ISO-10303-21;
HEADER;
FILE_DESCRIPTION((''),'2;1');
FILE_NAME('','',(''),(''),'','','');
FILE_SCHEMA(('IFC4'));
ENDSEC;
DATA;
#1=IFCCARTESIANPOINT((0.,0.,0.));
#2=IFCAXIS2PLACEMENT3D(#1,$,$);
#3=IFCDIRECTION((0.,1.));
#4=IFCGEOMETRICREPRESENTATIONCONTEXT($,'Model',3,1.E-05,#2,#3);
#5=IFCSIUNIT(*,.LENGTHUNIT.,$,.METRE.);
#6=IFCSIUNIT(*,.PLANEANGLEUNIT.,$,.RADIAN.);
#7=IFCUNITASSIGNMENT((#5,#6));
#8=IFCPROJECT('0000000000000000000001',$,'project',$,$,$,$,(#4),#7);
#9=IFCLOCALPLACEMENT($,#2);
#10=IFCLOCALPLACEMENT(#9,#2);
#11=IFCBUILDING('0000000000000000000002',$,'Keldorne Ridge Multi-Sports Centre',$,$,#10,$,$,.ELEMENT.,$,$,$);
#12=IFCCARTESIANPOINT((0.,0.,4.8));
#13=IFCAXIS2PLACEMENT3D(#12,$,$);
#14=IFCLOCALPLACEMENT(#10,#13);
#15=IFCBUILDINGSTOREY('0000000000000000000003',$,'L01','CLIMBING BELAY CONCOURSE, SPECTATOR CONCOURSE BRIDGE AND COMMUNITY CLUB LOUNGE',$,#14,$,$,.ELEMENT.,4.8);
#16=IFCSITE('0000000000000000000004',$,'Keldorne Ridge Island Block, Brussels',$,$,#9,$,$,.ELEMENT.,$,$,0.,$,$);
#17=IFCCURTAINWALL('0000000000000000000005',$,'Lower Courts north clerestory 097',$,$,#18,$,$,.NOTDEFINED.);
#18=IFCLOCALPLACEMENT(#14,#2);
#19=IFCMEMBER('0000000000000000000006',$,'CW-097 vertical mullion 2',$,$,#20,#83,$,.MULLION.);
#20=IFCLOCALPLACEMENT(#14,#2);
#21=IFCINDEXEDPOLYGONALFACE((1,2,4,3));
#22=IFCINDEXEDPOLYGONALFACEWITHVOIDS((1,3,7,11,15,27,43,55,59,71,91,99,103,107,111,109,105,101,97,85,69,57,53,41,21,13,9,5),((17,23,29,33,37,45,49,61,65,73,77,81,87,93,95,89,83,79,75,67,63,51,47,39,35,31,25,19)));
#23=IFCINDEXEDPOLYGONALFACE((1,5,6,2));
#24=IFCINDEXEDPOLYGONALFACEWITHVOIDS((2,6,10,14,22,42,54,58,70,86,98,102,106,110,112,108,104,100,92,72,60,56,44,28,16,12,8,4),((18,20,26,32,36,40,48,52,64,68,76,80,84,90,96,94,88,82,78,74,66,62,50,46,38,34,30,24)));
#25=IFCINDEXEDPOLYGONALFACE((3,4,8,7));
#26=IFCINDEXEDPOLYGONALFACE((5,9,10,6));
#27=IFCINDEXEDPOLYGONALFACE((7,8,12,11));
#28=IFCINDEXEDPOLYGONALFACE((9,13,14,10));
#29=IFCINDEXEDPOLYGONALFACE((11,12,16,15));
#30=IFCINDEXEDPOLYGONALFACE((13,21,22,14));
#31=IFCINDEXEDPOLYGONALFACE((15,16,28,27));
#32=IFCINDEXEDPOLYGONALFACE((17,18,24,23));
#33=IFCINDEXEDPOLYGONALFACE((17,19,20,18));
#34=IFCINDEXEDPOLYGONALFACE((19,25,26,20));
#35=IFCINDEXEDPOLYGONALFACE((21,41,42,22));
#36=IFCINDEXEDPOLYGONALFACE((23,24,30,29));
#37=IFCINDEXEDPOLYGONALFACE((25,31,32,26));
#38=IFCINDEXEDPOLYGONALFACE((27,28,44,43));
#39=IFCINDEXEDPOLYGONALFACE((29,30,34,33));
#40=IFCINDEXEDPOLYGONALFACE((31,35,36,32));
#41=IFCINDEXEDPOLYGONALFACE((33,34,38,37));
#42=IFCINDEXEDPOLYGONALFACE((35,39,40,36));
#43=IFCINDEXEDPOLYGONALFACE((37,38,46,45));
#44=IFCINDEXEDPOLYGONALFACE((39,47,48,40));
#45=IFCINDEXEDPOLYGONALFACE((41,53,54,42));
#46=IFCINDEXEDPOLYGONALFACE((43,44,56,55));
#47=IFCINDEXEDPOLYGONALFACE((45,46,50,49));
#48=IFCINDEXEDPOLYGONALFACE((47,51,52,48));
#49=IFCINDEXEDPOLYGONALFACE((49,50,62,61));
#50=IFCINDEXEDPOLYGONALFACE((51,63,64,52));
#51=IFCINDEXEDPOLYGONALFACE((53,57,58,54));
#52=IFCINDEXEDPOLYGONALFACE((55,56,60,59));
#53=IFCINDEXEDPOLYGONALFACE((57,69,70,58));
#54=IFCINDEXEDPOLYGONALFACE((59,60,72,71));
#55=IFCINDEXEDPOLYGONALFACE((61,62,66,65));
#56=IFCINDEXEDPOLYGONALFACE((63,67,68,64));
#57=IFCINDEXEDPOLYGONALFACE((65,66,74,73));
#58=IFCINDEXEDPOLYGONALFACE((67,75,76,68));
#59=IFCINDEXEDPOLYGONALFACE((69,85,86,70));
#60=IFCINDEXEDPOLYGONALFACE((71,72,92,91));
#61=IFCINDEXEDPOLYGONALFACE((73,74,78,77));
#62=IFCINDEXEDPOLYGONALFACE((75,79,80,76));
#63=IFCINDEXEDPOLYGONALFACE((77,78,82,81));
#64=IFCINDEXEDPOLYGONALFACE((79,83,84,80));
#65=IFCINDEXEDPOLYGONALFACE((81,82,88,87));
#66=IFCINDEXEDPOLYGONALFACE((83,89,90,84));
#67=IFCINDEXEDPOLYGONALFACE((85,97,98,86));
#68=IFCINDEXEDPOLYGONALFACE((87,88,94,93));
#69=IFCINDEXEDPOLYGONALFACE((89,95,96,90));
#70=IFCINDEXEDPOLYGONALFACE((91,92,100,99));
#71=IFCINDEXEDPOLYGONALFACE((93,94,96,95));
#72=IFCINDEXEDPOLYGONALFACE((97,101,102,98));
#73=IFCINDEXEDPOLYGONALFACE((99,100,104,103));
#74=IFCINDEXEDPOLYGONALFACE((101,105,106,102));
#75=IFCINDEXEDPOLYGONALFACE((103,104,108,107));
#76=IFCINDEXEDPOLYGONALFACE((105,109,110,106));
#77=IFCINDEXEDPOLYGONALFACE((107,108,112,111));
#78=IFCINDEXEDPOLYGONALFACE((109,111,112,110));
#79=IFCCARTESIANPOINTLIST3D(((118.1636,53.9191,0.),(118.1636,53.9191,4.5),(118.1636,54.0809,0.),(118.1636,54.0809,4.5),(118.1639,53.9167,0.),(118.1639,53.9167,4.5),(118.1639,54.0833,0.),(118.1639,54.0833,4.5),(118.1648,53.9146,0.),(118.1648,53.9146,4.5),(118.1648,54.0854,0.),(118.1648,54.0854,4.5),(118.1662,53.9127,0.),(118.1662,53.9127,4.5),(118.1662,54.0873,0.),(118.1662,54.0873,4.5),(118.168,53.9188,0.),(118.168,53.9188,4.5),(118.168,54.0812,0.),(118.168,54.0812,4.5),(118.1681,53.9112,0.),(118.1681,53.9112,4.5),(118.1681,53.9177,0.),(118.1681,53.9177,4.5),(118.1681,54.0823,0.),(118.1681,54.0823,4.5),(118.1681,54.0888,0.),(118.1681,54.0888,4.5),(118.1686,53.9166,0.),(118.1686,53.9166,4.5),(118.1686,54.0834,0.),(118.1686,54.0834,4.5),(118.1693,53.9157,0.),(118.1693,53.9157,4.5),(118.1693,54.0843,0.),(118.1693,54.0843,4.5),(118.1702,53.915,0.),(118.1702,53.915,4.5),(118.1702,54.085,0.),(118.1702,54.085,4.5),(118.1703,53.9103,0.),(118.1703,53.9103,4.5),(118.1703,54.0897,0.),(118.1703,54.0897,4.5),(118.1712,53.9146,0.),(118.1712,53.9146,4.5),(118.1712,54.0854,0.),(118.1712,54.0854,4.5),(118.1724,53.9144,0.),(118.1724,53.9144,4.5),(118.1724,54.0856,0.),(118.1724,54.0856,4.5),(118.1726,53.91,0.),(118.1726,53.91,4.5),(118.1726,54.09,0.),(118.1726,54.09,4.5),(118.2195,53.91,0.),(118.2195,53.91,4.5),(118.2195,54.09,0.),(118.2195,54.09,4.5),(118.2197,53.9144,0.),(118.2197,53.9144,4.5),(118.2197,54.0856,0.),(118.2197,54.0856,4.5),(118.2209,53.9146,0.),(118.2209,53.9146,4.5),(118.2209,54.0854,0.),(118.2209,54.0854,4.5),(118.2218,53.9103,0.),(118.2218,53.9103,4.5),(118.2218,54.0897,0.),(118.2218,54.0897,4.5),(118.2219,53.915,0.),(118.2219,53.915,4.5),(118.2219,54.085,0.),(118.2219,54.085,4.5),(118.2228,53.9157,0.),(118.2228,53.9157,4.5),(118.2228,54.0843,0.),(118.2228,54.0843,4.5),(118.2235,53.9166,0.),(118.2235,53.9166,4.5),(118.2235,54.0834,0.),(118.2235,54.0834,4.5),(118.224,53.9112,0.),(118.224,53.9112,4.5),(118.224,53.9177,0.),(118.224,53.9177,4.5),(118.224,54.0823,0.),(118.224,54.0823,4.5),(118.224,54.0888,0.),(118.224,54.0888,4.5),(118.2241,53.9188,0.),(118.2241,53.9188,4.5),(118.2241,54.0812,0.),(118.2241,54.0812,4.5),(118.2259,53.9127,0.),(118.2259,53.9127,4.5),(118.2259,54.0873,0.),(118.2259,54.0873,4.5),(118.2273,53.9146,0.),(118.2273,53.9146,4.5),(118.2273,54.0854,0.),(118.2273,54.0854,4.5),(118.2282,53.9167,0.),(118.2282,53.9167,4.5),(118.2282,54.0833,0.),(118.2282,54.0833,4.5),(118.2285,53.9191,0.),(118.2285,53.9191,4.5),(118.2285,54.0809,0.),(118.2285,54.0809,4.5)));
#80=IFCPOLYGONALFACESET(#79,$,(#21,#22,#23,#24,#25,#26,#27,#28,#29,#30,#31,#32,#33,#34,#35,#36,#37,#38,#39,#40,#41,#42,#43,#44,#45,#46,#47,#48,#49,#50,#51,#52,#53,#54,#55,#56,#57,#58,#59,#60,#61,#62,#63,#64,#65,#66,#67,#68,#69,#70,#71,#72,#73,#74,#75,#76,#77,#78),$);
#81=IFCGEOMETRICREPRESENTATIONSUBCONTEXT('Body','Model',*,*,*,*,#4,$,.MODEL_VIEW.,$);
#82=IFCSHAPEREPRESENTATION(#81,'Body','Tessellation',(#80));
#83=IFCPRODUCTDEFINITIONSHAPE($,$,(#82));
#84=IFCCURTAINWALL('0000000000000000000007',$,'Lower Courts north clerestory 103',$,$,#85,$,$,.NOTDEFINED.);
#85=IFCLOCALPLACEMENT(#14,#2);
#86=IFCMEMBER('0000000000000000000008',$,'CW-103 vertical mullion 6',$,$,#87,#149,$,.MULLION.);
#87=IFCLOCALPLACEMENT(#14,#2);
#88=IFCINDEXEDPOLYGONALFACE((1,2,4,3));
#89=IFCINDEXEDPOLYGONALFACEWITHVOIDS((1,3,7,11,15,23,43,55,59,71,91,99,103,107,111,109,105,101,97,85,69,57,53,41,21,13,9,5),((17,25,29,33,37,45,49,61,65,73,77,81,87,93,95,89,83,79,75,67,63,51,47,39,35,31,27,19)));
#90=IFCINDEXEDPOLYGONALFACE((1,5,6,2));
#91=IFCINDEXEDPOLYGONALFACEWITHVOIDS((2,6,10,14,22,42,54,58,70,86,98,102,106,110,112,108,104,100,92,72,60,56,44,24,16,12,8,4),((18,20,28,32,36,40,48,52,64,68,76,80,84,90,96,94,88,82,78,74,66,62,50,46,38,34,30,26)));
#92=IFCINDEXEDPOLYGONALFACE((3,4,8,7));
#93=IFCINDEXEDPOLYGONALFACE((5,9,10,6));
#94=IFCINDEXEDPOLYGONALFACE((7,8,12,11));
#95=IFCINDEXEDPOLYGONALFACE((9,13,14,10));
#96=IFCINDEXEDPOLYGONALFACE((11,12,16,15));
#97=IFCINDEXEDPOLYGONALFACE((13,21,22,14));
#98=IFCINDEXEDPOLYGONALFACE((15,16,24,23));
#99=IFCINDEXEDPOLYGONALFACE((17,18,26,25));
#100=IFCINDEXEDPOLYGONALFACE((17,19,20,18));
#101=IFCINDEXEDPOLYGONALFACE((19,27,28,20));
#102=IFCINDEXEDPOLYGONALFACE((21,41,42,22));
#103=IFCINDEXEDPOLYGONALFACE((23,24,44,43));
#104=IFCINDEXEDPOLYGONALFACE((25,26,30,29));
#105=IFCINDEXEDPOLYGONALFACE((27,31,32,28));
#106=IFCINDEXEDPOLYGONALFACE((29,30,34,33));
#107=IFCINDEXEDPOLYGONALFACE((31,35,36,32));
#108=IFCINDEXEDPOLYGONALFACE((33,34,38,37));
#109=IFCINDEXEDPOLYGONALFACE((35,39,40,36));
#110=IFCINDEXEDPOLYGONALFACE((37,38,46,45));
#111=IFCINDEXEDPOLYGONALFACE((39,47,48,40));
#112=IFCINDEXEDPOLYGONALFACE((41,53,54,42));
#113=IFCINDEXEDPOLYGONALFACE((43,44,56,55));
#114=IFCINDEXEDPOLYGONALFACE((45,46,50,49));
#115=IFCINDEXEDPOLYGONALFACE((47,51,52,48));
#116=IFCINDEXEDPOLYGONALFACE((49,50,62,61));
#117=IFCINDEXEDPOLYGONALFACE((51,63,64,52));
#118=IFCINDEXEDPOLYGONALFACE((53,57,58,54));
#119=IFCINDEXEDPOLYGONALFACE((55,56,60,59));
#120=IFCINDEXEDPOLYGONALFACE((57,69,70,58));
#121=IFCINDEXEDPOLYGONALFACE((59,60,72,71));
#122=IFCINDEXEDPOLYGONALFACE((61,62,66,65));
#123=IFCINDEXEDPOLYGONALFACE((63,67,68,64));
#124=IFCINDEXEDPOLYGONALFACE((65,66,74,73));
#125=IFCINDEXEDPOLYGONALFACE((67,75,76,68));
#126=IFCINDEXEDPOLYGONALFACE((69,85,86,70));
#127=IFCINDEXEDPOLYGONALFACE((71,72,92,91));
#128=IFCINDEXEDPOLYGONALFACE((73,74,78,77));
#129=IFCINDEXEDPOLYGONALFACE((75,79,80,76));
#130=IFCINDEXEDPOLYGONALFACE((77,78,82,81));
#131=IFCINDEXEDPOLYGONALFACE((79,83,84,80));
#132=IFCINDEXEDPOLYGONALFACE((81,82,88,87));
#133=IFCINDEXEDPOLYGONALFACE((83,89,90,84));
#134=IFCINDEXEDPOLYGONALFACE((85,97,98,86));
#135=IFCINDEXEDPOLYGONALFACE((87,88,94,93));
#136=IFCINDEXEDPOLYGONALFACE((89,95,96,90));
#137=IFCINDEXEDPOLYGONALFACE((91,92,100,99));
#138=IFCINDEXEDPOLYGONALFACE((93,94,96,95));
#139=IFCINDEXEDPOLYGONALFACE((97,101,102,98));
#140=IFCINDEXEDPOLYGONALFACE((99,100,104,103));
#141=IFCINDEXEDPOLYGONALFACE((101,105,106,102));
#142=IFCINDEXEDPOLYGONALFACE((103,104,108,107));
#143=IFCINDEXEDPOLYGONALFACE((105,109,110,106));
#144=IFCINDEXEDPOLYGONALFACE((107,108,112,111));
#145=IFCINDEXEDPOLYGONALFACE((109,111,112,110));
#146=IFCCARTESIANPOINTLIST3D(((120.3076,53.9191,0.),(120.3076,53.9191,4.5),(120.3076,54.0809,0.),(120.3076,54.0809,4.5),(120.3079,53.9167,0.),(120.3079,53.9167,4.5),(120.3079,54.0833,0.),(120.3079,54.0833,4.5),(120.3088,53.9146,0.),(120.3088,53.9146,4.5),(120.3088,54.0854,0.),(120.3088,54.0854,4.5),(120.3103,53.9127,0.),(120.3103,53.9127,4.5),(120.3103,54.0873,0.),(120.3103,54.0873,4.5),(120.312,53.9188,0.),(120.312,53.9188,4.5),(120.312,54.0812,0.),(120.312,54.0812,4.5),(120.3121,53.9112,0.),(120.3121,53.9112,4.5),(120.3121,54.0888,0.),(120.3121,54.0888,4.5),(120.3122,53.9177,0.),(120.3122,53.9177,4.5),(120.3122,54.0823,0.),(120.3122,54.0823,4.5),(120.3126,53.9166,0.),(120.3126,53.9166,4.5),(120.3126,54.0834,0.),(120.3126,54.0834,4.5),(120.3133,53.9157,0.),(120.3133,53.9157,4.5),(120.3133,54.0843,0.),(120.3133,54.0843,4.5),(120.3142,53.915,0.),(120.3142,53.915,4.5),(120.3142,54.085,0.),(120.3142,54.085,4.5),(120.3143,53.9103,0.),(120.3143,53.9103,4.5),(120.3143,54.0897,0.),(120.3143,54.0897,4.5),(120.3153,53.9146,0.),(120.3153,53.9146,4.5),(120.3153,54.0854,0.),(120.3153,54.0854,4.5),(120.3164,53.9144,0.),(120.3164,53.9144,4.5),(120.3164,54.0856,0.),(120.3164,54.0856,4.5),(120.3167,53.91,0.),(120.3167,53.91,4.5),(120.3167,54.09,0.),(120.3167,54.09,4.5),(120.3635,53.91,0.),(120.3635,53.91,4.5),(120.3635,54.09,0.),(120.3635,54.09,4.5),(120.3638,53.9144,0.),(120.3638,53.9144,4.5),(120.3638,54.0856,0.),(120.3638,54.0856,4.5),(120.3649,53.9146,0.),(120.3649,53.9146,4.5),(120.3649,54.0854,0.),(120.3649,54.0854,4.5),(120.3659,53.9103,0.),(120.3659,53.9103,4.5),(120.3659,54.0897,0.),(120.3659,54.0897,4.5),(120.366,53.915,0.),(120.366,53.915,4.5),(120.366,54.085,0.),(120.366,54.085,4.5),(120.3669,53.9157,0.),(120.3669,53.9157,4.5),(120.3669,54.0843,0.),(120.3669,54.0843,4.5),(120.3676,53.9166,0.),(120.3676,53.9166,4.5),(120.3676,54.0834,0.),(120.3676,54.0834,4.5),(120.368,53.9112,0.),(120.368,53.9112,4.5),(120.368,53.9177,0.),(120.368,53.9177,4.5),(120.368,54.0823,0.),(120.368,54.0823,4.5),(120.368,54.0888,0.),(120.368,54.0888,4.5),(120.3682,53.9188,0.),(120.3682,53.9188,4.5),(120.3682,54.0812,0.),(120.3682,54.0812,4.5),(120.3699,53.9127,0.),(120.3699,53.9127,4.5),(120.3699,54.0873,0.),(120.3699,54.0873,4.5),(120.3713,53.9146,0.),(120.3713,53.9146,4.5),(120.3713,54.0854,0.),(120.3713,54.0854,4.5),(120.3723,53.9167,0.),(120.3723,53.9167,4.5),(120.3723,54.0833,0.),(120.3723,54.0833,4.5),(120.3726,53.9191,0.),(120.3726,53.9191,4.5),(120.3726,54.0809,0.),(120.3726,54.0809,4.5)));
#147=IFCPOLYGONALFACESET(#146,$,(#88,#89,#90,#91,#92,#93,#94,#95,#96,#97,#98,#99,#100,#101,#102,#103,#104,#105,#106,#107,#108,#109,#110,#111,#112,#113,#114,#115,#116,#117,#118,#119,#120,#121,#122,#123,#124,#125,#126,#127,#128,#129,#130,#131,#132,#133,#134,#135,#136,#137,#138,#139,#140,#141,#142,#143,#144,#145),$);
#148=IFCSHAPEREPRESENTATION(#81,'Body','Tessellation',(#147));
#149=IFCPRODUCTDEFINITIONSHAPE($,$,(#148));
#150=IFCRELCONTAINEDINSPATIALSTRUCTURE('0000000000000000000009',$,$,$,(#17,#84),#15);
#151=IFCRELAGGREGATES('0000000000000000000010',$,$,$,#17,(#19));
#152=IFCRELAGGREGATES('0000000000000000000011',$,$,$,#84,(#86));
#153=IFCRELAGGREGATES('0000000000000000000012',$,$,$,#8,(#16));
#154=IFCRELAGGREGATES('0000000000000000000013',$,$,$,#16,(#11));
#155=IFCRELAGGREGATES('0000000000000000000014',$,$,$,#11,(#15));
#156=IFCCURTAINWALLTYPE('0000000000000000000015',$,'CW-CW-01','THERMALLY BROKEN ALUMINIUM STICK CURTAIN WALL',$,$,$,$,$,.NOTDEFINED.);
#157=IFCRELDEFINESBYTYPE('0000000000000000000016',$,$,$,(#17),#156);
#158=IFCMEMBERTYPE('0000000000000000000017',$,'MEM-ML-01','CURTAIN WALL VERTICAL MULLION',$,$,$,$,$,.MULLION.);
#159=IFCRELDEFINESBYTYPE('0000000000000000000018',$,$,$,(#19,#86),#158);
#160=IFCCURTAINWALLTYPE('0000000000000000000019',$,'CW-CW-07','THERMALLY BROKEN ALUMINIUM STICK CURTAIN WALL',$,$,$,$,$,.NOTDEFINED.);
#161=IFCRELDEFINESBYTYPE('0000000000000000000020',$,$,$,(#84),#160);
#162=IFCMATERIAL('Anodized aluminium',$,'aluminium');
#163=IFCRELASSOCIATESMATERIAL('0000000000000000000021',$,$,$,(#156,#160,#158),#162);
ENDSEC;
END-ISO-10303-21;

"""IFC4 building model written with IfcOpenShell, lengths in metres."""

from ifc_helpers import new_model, si_unit, direction, frame, origin, origin_2d, place, context, subcontext, project, spatial, hollow_rectangle, extrude, material, material_profile, profile_set, type_object, element, aggregate, save


model = new_model("IFC4")

# Units and contexts
model_context = context("Model", 3, precision=1e-05, world=origin(), true_north=direction((0.0, 1.0)))
body_context = subcontext(model_context, "Body", "Model", "MODEL_VIEW")
ifc_project = project(units=[si_unit("LENGTHUNIT", "METRE"), si_unit("PLANEANGLEUNIT", "RADIAN")], contexts=[model_context])

# Site, building, storey
site_placement = place(None, origin())
site = spatial("IfcSite", under=ifc_project, at=site_placement, Name="Keldorne Ridge Island Block, Brussels", CompositionType="ELEMENT", RefElevation=0.0)
building_placement = place(site_placement, origin())
building = spatial("IfcBuilding", under=site, at=building_placement, Name="Keldorne Ridge Multi-Sports Centre", CompositionType="ELEMENT")
storey_placement = place(building_placement, frame((0.0, 0.0, 4.8)))
storey = spatial("IfcBuildingStorey", under=building, at=storey_placement, Name="L01", Description="CLIMBING BELAY CONCOURSE, SPECTATOR CONCOURSE BRIDGE AND COMMUNITY CLUB LOUNGE", CompositionType="ELEMENT", Elevation=4.8)

# Curtain wall, member
ifc_material_1 = material(Name="Anodized aluminium", Category="aluminium")
curtain_wall_type_1 = type_object("IfcCurtainWallType", Name="CW-CW-01", Description="THERMALLY BROKEN ALUMINIUM STICK CURTAIN WALL", PredefinedType="NOTDEFINED", material=ifc_material_1)
curtain_wall_1_placement = place(storey_placement, origin())
curtain_wall_1 = element("IfcCurtainWall", 1, at=curtain_wall_1_placement, inside=storey, type_object=curtain_wall_type_1, Name="Lower Courts north clerestory 097", PredefinedType="NOTDEFINED")
ifc_material_profile_1 = material_profile(ifc_material_1, hollow_rectangle(XDim=0.0649, YDim=0.1799, WallThickness=0.0044, InnerFilletRadius=0.0044, OuterFilletRadius=0.009, at=origin_2d()), Name="ALU MULLION 180x65x4.5")
ifc_profile_set_1 = profile_set([ifc_material_profile_1], Name="Anodized aluminium")
member_type_1 = type_object("IfcMemberType", Name="MEM-ML-01", Description="CURTAIN WALL VERTICAL MULLION", PredefinedType="MULLION", material=ifc_profile_set_1)
member_1_placement = place(storey_placement, frame((118.196, 54.0, 0.0), z_axis=(0.0, 0.0, 1.0), x_axis=(1.0, 0.0, 0.0)))
member_1 = element("IfcMember", 2, at=member_1_placement, type_object=member_type_1, Name="CW-097 vertical mullion 2", PredefinedType="MULLION", context=body_context, shape_type="SweptSolid", body=[
    extrude(hollow_rectangle(XDim=0.0649, YDim=0.1799, WallThickness=0.0044, InnerFilletRadius=0.0044, OuterFilletRadius=0.009, at=origin_2d()), origin(), (0.0, 0.0, 1.0), 4.5),
])

# Curtain wall, member
curtain_wall_type_2 = type_object("IfcCurtainWallType", Name="CW-CW-07", Description="THERMALLY BROKEN ALUMINIUM STICK CURTAIN WALL", PredefinedType="NOTDEFINED", material=ifc_material_1)
curtain_wall_2_placement = place(storey_placement, origin())
curtain_wall_2 = element("IfcCurtainWall", 3, at=curtain_wall_2_placement, inside=storey, type_object=curtain_wall_type_2, Name="Lower Courts north clerestory 103", PredefinedType="NOTDEFINED")
member_2_placement = place(storey_placement, frame((120.3401, 54.0, 0.0), z_axis=(0.0, 0.0, 1.0), x_axis=(1.0, 0.0, 0.0)))
member_2 = element("IfcMember", 4, at=member_2_placement, type_object=member_type_1, Name="CW-103 vertical mullion 6", PredefinedType="MULLION", context=body_context, shape_type="SweptSolid", body=[
    extrude(hollow_rectangle(XDim=0.0649, YDim=0.1799, WallThickness=0.0044, InnerFilletRadius=0.0044, OuterFilletRadius=0.009, at=origin_2d()), origin(), (0.0, 0.0, 1.0), 4.5),
])

aggregate(curtain_wall_1, [member_1])
aggregate(curtain_wall_2, [member_2])

save(model, "model.ifc")
